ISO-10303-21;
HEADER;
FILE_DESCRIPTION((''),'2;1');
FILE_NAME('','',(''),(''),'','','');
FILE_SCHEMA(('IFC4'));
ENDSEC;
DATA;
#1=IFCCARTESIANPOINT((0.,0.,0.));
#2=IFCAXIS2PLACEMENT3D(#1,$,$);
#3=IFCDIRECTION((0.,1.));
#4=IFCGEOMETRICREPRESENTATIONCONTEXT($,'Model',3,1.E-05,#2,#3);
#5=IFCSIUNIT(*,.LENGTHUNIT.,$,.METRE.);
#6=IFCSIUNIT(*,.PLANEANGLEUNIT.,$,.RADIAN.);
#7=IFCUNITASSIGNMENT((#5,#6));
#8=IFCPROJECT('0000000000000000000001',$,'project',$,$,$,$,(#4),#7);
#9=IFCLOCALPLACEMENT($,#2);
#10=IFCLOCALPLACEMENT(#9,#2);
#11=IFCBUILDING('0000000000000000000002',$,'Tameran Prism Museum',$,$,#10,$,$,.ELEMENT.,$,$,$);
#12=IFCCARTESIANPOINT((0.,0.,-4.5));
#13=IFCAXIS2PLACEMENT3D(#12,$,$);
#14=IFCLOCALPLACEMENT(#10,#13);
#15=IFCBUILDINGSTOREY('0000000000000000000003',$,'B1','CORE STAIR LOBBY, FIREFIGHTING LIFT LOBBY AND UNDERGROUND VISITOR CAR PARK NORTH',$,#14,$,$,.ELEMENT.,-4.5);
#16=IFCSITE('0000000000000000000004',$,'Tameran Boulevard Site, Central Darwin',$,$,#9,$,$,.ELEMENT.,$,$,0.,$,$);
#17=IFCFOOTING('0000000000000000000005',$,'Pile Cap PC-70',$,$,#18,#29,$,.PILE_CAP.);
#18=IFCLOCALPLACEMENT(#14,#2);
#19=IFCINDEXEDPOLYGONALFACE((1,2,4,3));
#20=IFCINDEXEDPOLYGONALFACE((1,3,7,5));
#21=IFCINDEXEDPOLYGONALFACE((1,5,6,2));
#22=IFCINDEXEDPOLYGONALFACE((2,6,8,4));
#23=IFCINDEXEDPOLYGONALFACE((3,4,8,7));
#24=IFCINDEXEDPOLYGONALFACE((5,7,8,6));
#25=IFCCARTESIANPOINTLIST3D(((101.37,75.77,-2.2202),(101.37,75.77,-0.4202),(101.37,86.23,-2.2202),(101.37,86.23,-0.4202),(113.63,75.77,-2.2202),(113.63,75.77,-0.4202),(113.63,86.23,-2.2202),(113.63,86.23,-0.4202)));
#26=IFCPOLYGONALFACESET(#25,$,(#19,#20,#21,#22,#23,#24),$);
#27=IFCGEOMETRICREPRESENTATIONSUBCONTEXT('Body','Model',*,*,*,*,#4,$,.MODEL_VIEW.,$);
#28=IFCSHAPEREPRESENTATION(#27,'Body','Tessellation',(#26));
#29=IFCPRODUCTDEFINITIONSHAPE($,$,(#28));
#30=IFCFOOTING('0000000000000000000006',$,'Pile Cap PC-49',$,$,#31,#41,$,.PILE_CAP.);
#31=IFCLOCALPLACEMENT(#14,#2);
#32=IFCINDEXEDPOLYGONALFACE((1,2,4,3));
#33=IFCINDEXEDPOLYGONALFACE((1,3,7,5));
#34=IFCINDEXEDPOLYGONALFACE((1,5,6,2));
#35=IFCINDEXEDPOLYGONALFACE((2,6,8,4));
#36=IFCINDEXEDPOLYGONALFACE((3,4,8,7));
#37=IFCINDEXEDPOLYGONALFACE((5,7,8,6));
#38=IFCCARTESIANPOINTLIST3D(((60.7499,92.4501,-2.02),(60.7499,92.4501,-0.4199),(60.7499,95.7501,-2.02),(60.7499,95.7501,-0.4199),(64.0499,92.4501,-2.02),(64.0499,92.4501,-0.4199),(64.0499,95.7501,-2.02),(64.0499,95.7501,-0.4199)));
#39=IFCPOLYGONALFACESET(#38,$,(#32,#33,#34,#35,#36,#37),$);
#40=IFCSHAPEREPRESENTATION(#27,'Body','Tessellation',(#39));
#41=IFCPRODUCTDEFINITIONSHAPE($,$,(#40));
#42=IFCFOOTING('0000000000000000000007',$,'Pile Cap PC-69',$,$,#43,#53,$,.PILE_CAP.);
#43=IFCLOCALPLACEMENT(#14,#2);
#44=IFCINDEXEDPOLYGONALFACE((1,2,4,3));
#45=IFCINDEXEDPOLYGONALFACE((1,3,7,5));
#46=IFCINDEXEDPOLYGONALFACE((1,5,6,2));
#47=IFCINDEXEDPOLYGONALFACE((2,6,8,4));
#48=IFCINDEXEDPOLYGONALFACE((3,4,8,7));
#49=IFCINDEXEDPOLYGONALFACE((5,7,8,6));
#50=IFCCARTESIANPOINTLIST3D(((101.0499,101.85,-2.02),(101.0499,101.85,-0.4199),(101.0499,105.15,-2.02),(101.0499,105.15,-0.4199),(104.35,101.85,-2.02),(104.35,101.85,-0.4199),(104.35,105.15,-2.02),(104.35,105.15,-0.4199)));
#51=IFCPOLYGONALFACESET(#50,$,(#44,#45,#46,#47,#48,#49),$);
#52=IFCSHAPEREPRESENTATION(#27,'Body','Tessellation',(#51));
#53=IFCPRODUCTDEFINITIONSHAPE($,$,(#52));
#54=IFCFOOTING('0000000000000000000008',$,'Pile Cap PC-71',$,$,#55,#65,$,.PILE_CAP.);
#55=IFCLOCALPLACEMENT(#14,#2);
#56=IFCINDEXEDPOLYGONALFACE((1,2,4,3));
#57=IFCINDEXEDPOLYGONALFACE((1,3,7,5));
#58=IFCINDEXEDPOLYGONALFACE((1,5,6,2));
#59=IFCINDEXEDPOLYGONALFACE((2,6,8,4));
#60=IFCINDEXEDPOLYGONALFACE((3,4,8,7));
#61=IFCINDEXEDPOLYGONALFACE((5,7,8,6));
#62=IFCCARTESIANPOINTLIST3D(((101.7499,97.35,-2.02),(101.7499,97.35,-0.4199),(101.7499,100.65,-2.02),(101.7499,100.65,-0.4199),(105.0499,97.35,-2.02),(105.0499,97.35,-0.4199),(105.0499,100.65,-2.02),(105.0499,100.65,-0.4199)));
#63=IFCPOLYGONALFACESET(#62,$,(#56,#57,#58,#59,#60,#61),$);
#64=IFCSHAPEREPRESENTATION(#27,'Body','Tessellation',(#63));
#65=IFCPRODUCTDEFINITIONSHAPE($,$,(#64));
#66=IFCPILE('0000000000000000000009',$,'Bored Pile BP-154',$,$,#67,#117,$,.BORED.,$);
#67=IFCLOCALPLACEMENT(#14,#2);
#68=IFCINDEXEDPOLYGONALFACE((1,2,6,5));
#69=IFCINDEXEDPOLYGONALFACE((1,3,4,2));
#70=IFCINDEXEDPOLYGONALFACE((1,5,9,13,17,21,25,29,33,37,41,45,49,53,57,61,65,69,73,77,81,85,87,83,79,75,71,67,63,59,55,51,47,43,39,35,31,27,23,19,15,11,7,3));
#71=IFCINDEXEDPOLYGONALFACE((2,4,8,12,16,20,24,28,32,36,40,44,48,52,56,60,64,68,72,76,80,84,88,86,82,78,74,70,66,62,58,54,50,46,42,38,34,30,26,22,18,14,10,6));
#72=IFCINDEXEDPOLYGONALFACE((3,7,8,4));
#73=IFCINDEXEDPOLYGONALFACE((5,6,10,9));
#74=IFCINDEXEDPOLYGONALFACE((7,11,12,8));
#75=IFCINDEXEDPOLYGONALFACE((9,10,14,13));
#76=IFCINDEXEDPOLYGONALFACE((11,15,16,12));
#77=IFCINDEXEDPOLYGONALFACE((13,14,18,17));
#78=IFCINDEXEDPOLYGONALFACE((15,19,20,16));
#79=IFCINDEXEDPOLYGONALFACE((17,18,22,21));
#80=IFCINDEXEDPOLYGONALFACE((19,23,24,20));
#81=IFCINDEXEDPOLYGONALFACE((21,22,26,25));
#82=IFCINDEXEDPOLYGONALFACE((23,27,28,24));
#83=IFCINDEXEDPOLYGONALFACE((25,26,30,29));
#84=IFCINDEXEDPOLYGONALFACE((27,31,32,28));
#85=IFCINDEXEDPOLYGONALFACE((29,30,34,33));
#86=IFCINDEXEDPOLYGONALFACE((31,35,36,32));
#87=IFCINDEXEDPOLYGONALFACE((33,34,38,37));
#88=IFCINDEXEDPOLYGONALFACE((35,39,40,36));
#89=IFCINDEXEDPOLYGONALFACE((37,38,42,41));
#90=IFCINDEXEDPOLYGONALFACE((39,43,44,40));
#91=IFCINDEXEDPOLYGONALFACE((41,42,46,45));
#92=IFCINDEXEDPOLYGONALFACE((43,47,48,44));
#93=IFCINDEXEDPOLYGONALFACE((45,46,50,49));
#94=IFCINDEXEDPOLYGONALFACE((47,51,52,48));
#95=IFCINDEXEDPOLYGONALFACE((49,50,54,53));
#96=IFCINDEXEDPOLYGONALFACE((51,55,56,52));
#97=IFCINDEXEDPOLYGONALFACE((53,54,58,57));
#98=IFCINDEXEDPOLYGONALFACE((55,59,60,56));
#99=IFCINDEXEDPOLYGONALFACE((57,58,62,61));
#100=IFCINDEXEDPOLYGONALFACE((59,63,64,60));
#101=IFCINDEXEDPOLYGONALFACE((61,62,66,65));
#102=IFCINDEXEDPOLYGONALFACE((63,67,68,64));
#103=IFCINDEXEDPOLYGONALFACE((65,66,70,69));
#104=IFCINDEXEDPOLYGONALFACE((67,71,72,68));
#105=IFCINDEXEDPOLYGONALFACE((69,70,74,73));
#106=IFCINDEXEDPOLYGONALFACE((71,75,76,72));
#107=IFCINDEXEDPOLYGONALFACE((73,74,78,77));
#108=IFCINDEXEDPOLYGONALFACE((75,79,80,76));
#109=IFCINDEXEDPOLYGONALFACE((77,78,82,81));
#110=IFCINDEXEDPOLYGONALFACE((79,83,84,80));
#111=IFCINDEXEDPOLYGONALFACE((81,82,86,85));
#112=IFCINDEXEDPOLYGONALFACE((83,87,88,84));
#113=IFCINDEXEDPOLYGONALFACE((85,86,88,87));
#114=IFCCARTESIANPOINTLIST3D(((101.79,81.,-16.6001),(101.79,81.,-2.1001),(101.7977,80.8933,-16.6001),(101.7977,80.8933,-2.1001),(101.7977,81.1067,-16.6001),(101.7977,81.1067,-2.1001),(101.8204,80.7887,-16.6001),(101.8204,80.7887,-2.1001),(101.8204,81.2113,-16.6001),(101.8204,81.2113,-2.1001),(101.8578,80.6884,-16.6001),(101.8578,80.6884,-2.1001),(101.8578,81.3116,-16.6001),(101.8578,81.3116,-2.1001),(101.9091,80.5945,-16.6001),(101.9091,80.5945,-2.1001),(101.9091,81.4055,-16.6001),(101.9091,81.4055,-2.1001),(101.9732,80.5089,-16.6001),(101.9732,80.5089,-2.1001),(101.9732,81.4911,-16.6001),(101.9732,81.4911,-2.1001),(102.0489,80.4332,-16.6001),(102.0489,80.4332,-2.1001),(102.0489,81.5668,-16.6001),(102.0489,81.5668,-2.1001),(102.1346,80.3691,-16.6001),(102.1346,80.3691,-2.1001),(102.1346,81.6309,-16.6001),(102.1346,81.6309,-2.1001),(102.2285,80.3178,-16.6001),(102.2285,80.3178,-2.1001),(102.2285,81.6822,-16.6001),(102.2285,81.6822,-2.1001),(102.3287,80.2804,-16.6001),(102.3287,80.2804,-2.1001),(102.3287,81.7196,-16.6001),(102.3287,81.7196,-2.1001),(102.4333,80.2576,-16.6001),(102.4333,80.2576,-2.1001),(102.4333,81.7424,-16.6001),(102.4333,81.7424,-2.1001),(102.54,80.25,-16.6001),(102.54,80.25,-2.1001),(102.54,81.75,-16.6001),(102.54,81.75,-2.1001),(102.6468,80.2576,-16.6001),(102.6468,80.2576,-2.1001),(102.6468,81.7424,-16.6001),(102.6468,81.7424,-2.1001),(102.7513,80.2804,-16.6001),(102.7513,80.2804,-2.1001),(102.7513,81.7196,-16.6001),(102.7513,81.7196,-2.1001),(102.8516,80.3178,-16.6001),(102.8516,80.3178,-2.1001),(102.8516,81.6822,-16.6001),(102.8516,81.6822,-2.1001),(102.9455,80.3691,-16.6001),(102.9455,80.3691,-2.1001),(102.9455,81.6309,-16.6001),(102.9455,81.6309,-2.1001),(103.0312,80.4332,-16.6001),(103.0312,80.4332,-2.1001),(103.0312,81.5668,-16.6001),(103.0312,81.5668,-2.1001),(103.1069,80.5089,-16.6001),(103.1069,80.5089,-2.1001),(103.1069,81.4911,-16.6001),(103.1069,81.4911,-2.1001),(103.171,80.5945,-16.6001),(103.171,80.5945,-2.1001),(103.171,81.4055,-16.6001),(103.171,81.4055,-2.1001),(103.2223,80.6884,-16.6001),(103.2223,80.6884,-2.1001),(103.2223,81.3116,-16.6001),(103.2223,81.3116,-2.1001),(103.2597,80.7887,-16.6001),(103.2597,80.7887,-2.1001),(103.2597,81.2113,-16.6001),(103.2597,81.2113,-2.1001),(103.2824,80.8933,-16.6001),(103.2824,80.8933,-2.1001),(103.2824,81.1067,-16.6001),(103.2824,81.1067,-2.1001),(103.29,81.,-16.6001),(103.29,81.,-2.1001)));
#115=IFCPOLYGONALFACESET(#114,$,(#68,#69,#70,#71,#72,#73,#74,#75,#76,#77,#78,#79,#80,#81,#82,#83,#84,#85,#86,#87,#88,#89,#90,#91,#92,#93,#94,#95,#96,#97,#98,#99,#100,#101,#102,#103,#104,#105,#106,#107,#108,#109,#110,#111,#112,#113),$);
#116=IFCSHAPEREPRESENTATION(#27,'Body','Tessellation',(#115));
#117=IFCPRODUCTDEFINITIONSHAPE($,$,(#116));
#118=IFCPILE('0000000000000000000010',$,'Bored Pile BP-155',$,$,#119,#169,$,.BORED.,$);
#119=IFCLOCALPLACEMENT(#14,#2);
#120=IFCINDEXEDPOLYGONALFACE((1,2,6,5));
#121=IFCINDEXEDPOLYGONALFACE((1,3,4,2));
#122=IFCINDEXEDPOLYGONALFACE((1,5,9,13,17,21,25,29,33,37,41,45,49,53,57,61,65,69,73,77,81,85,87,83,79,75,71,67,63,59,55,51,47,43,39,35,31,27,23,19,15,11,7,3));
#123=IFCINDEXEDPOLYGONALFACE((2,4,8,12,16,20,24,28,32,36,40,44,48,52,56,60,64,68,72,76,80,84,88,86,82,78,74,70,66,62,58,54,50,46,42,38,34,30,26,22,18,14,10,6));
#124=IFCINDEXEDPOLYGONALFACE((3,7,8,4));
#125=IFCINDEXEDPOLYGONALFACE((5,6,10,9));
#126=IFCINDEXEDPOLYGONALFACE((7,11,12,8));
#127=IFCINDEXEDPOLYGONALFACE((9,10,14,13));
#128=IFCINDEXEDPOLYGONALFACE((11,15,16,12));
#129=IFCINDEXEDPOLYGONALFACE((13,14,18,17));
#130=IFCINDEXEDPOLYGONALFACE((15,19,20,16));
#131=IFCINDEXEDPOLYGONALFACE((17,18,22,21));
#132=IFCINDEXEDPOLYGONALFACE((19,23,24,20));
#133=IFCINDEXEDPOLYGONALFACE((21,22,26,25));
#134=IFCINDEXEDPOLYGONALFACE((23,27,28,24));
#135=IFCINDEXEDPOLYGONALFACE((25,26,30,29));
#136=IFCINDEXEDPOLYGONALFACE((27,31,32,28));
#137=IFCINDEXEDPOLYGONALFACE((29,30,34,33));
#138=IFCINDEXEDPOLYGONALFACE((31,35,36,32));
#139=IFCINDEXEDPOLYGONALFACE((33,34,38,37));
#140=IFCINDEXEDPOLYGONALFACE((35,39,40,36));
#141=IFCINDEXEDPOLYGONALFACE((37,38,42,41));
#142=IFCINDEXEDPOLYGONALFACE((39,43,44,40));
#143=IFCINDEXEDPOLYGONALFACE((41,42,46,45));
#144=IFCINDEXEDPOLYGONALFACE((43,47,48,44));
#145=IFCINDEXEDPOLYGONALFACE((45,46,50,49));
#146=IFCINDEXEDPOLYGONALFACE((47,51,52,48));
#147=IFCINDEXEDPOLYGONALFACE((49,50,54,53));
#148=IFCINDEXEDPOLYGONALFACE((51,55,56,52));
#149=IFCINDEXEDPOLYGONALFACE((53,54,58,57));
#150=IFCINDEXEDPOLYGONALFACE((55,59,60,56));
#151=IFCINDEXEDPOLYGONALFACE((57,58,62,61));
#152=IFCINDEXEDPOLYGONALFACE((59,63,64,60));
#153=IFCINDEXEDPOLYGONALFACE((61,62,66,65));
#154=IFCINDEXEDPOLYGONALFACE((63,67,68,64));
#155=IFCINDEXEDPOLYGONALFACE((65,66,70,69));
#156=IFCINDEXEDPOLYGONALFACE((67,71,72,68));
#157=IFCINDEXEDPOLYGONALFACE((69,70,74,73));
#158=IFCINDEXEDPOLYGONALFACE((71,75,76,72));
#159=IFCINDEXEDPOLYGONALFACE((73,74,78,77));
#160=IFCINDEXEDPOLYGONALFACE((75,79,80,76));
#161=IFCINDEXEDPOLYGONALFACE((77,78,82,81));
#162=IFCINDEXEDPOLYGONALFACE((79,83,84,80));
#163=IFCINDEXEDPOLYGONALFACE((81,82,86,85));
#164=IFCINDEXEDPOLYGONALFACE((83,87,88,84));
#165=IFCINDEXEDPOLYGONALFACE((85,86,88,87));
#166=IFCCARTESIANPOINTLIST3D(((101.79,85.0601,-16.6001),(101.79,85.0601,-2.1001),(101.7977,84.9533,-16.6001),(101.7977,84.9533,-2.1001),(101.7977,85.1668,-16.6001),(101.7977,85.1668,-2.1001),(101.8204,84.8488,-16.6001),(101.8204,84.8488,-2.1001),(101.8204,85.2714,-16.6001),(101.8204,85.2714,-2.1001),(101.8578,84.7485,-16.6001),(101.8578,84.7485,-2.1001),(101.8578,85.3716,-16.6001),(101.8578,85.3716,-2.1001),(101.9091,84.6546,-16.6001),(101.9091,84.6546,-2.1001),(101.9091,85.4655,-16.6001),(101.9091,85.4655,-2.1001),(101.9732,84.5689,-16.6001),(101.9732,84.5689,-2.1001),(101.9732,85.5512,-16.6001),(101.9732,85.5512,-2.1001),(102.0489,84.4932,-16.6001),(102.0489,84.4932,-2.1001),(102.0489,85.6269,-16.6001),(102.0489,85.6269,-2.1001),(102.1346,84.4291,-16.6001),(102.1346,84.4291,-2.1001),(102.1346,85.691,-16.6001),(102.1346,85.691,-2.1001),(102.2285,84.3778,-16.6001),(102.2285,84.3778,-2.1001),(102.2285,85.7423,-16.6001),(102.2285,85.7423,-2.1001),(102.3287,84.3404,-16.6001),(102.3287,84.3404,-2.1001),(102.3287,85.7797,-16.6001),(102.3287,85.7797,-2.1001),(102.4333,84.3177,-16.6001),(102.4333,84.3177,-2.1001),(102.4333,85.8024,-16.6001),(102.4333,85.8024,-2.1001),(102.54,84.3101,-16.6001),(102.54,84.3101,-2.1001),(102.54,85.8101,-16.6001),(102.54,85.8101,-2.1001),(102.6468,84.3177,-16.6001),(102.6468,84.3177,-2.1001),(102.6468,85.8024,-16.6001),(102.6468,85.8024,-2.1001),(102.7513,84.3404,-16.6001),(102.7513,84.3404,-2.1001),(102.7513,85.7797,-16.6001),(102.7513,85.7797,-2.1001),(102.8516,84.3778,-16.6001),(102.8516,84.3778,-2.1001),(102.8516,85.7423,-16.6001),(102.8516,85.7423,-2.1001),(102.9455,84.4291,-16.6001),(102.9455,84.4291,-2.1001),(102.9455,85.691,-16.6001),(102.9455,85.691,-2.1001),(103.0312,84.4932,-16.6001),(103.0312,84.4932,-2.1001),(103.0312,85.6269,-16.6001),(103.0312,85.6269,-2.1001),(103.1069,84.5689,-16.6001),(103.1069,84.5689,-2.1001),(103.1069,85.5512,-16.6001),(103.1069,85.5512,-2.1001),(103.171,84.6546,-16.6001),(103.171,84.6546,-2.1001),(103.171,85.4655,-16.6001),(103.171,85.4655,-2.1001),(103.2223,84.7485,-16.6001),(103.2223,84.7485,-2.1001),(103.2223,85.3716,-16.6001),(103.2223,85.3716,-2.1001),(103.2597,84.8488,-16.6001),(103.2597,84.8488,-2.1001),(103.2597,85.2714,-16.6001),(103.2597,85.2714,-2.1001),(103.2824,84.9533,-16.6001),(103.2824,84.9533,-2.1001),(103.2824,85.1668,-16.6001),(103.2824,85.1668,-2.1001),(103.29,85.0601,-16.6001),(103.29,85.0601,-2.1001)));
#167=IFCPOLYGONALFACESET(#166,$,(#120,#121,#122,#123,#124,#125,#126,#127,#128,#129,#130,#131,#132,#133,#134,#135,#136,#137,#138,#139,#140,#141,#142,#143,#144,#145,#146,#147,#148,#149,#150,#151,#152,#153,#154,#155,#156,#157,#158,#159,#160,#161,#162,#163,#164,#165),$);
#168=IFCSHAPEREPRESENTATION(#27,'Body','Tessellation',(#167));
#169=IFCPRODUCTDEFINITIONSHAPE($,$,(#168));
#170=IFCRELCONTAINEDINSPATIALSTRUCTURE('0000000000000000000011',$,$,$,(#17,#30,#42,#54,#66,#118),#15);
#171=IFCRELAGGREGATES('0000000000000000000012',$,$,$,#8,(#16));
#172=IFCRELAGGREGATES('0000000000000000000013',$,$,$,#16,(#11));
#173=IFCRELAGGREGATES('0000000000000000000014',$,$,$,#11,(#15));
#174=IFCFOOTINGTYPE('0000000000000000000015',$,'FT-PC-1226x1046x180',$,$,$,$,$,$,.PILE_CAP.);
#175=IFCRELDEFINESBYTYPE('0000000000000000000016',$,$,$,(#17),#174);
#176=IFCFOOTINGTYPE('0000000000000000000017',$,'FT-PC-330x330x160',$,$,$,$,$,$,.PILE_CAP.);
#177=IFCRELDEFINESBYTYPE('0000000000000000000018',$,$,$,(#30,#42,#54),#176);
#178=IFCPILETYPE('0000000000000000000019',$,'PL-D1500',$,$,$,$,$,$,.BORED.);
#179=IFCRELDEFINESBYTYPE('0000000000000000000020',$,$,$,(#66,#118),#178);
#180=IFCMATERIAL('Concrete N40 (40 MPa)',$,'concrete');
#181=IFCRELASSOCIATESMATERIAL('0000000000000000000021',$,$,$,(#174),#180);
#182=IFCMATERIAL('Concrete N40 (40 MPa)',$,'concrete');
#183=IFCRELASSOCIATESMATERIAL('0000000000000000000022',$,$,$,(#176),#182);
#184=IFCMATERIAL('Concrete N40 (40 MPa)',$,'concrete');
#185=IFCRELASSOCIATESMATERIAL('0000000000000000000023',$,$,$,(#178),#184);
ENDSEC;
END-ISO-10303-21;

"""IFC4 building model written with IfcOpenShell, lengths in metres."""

from ifc_helpers import new_model, si_unit, direction, frame, origin, origin_2d, place, context, subcontext, project, spatial, rectangle, circle, extrude, material, material_profile, profile_set, type_object, element, save


model = new_model("IFC4")

# Units and contexts
model_context = context("Model", 3, precision=1e-05, world=origin(), true_north=direction((0.0, 1.0)))
body_context = subcontext(model_context, "Body", "Model", "MODEL_VIEW")
ifc_project = project(units=[si_unit("LENGTHUNIT", "METRE"), si_unit("PLANEANGLEUNIT", "RADIAN")], contexts=[model_context])

# Site, building, storey
site_placement = place(None, origin())
site = spatial("IfcSite", under=ifc_project, at=site_placement, Name="Tameran Boulevard Site, Central Darwin", CompositionType="ELEMENT", RefElevation=0.0)
building_placement = place(site_placement, origin())
building = spatial("IfcBuilding", under=site, at=building_placement, Name="Tameran Prism Museum", CompositionType="ELEMENT")
storey_placement = place(building_placement, frame((0.0, 0.0, -4.5)))
storey = spatial("IfcBuildingStorey", under=building, at=storey_placement, Name="B1", Description="CORE STAIR LOBBY, FIREFIGHTING LIFT LOBBY AND UNDERGROUND VISITOR CAR PARK NORTH", CompositionType="ELEMENT", Elevation=-4.5)

# Footings
ifc_material_1 = material(Name="Concrete N40 (40 MPa)", Category="concrete")
footing_type_1 = type_object("IfcFootingType", Name="FT-PC-1226x1046x180", PredefinedType="PILE_CAP", material=ifc_material_1)
footing_placement = place(storey_placement, frame((107.5, 81.0, -2.2202), z_axis=(0.0, 0.0, 1.0), x_axis=(1.0, 0.0, 0.0)))
element("IfcFooting", 1, at=footing_placement, inside=storey, type_object=footing_type_1, Name="Pile Cap PC-70", PredefinedType="PILE_CAP", context=body_context, shape_type="SweptSolid", body=[
    extrude(rectangle(XDim=12.26, YDim=10.46, at=origin_2d()), origin(), (0.0, 0.0, 1.0), 1.8),
])
ifc_material_2 = material(Name="Concrete N40 (40 MPa)", Category="concrete")
footing_type_2 = type_object("IfcFootingType", Name="FT-PC-330x330x160", PredefinedType="PILE_CAP", material=ifc_material_2)
for number, where, z_axis, x_axis, name in (
    (2, (62.3999, 94.1001, -2.02), (0.0, 0.0, 1.0), (1.0, 0.0, 0.0), "Pile Cap PC-49"),
    (3, (102.7, 103.5, -2.02), (0.0, 0.0, 1.0), (1.0, 0.0, 0.0), "Pile Cap PC-69"),
    (4, (103.3999, 99.0, -2.02), (0.0, 0.0, 1.0), (1.0, 0.0, 0.0), "Pile Cap PC-71"),
):
    element("IfcFooting", number, at=place(storey_placement, frame(where, z_axis=z_axis, x_axis=x_axis)), inside=storey, type_object=footing_type_2, Name=name, PredefinedType="PILE_CAP", context=body_context, shape_type="SweptSolid", body=[
        extrude(rectangle(XDim=3.3, YDim=3.3, at=origin_2d()), origin(), (0.0, 0.0, 1.0), 1.6001),
    ])

# Piles
ifc_material_3 = material(Name="Concrete N40 (40 MPa)", Category="concrete")
ifc_material_profile_1 = material_profile(ifc_material_3, circle(Radius=0.75, at=origin_2d()))
ifc_profile_set_1 = profile_set([ifc_material_profile_1])
pile_type_1 = type_object("IfcPileType", Name="PL-D1500", PredefinedType="BORED", material=ifc_profile_set_1)
for number, where, z_axis, x_axis, name in (
    (5, (102.54, 81.0, -2.1001), (0.0, 0.0, -1.0), (1.0, 0.0, 0.0), "Bored Pile BP-154"),
    (6, (102.54, 85.0601, -2.1001), (0.0, 0.0, -1.0), (1.0, 0.0, 0.0), "Bored Pile BP-155"),
):
    element("IfcPile", number, at=place(storey_placement, frame(where, z_axis=z_axis, x_axis=x_axis)), inside=storey, type_object=pile_type_1, Name=name, PredefinedType="BORED", context=body_context, shape_type="SweptSolid", body=[
        extrude(circle(Radius=0.75, at=origin_2d()), origin(), (0.0, 0.0, 1.0), 14.5),
    ])

save(model, "model.ifc")
